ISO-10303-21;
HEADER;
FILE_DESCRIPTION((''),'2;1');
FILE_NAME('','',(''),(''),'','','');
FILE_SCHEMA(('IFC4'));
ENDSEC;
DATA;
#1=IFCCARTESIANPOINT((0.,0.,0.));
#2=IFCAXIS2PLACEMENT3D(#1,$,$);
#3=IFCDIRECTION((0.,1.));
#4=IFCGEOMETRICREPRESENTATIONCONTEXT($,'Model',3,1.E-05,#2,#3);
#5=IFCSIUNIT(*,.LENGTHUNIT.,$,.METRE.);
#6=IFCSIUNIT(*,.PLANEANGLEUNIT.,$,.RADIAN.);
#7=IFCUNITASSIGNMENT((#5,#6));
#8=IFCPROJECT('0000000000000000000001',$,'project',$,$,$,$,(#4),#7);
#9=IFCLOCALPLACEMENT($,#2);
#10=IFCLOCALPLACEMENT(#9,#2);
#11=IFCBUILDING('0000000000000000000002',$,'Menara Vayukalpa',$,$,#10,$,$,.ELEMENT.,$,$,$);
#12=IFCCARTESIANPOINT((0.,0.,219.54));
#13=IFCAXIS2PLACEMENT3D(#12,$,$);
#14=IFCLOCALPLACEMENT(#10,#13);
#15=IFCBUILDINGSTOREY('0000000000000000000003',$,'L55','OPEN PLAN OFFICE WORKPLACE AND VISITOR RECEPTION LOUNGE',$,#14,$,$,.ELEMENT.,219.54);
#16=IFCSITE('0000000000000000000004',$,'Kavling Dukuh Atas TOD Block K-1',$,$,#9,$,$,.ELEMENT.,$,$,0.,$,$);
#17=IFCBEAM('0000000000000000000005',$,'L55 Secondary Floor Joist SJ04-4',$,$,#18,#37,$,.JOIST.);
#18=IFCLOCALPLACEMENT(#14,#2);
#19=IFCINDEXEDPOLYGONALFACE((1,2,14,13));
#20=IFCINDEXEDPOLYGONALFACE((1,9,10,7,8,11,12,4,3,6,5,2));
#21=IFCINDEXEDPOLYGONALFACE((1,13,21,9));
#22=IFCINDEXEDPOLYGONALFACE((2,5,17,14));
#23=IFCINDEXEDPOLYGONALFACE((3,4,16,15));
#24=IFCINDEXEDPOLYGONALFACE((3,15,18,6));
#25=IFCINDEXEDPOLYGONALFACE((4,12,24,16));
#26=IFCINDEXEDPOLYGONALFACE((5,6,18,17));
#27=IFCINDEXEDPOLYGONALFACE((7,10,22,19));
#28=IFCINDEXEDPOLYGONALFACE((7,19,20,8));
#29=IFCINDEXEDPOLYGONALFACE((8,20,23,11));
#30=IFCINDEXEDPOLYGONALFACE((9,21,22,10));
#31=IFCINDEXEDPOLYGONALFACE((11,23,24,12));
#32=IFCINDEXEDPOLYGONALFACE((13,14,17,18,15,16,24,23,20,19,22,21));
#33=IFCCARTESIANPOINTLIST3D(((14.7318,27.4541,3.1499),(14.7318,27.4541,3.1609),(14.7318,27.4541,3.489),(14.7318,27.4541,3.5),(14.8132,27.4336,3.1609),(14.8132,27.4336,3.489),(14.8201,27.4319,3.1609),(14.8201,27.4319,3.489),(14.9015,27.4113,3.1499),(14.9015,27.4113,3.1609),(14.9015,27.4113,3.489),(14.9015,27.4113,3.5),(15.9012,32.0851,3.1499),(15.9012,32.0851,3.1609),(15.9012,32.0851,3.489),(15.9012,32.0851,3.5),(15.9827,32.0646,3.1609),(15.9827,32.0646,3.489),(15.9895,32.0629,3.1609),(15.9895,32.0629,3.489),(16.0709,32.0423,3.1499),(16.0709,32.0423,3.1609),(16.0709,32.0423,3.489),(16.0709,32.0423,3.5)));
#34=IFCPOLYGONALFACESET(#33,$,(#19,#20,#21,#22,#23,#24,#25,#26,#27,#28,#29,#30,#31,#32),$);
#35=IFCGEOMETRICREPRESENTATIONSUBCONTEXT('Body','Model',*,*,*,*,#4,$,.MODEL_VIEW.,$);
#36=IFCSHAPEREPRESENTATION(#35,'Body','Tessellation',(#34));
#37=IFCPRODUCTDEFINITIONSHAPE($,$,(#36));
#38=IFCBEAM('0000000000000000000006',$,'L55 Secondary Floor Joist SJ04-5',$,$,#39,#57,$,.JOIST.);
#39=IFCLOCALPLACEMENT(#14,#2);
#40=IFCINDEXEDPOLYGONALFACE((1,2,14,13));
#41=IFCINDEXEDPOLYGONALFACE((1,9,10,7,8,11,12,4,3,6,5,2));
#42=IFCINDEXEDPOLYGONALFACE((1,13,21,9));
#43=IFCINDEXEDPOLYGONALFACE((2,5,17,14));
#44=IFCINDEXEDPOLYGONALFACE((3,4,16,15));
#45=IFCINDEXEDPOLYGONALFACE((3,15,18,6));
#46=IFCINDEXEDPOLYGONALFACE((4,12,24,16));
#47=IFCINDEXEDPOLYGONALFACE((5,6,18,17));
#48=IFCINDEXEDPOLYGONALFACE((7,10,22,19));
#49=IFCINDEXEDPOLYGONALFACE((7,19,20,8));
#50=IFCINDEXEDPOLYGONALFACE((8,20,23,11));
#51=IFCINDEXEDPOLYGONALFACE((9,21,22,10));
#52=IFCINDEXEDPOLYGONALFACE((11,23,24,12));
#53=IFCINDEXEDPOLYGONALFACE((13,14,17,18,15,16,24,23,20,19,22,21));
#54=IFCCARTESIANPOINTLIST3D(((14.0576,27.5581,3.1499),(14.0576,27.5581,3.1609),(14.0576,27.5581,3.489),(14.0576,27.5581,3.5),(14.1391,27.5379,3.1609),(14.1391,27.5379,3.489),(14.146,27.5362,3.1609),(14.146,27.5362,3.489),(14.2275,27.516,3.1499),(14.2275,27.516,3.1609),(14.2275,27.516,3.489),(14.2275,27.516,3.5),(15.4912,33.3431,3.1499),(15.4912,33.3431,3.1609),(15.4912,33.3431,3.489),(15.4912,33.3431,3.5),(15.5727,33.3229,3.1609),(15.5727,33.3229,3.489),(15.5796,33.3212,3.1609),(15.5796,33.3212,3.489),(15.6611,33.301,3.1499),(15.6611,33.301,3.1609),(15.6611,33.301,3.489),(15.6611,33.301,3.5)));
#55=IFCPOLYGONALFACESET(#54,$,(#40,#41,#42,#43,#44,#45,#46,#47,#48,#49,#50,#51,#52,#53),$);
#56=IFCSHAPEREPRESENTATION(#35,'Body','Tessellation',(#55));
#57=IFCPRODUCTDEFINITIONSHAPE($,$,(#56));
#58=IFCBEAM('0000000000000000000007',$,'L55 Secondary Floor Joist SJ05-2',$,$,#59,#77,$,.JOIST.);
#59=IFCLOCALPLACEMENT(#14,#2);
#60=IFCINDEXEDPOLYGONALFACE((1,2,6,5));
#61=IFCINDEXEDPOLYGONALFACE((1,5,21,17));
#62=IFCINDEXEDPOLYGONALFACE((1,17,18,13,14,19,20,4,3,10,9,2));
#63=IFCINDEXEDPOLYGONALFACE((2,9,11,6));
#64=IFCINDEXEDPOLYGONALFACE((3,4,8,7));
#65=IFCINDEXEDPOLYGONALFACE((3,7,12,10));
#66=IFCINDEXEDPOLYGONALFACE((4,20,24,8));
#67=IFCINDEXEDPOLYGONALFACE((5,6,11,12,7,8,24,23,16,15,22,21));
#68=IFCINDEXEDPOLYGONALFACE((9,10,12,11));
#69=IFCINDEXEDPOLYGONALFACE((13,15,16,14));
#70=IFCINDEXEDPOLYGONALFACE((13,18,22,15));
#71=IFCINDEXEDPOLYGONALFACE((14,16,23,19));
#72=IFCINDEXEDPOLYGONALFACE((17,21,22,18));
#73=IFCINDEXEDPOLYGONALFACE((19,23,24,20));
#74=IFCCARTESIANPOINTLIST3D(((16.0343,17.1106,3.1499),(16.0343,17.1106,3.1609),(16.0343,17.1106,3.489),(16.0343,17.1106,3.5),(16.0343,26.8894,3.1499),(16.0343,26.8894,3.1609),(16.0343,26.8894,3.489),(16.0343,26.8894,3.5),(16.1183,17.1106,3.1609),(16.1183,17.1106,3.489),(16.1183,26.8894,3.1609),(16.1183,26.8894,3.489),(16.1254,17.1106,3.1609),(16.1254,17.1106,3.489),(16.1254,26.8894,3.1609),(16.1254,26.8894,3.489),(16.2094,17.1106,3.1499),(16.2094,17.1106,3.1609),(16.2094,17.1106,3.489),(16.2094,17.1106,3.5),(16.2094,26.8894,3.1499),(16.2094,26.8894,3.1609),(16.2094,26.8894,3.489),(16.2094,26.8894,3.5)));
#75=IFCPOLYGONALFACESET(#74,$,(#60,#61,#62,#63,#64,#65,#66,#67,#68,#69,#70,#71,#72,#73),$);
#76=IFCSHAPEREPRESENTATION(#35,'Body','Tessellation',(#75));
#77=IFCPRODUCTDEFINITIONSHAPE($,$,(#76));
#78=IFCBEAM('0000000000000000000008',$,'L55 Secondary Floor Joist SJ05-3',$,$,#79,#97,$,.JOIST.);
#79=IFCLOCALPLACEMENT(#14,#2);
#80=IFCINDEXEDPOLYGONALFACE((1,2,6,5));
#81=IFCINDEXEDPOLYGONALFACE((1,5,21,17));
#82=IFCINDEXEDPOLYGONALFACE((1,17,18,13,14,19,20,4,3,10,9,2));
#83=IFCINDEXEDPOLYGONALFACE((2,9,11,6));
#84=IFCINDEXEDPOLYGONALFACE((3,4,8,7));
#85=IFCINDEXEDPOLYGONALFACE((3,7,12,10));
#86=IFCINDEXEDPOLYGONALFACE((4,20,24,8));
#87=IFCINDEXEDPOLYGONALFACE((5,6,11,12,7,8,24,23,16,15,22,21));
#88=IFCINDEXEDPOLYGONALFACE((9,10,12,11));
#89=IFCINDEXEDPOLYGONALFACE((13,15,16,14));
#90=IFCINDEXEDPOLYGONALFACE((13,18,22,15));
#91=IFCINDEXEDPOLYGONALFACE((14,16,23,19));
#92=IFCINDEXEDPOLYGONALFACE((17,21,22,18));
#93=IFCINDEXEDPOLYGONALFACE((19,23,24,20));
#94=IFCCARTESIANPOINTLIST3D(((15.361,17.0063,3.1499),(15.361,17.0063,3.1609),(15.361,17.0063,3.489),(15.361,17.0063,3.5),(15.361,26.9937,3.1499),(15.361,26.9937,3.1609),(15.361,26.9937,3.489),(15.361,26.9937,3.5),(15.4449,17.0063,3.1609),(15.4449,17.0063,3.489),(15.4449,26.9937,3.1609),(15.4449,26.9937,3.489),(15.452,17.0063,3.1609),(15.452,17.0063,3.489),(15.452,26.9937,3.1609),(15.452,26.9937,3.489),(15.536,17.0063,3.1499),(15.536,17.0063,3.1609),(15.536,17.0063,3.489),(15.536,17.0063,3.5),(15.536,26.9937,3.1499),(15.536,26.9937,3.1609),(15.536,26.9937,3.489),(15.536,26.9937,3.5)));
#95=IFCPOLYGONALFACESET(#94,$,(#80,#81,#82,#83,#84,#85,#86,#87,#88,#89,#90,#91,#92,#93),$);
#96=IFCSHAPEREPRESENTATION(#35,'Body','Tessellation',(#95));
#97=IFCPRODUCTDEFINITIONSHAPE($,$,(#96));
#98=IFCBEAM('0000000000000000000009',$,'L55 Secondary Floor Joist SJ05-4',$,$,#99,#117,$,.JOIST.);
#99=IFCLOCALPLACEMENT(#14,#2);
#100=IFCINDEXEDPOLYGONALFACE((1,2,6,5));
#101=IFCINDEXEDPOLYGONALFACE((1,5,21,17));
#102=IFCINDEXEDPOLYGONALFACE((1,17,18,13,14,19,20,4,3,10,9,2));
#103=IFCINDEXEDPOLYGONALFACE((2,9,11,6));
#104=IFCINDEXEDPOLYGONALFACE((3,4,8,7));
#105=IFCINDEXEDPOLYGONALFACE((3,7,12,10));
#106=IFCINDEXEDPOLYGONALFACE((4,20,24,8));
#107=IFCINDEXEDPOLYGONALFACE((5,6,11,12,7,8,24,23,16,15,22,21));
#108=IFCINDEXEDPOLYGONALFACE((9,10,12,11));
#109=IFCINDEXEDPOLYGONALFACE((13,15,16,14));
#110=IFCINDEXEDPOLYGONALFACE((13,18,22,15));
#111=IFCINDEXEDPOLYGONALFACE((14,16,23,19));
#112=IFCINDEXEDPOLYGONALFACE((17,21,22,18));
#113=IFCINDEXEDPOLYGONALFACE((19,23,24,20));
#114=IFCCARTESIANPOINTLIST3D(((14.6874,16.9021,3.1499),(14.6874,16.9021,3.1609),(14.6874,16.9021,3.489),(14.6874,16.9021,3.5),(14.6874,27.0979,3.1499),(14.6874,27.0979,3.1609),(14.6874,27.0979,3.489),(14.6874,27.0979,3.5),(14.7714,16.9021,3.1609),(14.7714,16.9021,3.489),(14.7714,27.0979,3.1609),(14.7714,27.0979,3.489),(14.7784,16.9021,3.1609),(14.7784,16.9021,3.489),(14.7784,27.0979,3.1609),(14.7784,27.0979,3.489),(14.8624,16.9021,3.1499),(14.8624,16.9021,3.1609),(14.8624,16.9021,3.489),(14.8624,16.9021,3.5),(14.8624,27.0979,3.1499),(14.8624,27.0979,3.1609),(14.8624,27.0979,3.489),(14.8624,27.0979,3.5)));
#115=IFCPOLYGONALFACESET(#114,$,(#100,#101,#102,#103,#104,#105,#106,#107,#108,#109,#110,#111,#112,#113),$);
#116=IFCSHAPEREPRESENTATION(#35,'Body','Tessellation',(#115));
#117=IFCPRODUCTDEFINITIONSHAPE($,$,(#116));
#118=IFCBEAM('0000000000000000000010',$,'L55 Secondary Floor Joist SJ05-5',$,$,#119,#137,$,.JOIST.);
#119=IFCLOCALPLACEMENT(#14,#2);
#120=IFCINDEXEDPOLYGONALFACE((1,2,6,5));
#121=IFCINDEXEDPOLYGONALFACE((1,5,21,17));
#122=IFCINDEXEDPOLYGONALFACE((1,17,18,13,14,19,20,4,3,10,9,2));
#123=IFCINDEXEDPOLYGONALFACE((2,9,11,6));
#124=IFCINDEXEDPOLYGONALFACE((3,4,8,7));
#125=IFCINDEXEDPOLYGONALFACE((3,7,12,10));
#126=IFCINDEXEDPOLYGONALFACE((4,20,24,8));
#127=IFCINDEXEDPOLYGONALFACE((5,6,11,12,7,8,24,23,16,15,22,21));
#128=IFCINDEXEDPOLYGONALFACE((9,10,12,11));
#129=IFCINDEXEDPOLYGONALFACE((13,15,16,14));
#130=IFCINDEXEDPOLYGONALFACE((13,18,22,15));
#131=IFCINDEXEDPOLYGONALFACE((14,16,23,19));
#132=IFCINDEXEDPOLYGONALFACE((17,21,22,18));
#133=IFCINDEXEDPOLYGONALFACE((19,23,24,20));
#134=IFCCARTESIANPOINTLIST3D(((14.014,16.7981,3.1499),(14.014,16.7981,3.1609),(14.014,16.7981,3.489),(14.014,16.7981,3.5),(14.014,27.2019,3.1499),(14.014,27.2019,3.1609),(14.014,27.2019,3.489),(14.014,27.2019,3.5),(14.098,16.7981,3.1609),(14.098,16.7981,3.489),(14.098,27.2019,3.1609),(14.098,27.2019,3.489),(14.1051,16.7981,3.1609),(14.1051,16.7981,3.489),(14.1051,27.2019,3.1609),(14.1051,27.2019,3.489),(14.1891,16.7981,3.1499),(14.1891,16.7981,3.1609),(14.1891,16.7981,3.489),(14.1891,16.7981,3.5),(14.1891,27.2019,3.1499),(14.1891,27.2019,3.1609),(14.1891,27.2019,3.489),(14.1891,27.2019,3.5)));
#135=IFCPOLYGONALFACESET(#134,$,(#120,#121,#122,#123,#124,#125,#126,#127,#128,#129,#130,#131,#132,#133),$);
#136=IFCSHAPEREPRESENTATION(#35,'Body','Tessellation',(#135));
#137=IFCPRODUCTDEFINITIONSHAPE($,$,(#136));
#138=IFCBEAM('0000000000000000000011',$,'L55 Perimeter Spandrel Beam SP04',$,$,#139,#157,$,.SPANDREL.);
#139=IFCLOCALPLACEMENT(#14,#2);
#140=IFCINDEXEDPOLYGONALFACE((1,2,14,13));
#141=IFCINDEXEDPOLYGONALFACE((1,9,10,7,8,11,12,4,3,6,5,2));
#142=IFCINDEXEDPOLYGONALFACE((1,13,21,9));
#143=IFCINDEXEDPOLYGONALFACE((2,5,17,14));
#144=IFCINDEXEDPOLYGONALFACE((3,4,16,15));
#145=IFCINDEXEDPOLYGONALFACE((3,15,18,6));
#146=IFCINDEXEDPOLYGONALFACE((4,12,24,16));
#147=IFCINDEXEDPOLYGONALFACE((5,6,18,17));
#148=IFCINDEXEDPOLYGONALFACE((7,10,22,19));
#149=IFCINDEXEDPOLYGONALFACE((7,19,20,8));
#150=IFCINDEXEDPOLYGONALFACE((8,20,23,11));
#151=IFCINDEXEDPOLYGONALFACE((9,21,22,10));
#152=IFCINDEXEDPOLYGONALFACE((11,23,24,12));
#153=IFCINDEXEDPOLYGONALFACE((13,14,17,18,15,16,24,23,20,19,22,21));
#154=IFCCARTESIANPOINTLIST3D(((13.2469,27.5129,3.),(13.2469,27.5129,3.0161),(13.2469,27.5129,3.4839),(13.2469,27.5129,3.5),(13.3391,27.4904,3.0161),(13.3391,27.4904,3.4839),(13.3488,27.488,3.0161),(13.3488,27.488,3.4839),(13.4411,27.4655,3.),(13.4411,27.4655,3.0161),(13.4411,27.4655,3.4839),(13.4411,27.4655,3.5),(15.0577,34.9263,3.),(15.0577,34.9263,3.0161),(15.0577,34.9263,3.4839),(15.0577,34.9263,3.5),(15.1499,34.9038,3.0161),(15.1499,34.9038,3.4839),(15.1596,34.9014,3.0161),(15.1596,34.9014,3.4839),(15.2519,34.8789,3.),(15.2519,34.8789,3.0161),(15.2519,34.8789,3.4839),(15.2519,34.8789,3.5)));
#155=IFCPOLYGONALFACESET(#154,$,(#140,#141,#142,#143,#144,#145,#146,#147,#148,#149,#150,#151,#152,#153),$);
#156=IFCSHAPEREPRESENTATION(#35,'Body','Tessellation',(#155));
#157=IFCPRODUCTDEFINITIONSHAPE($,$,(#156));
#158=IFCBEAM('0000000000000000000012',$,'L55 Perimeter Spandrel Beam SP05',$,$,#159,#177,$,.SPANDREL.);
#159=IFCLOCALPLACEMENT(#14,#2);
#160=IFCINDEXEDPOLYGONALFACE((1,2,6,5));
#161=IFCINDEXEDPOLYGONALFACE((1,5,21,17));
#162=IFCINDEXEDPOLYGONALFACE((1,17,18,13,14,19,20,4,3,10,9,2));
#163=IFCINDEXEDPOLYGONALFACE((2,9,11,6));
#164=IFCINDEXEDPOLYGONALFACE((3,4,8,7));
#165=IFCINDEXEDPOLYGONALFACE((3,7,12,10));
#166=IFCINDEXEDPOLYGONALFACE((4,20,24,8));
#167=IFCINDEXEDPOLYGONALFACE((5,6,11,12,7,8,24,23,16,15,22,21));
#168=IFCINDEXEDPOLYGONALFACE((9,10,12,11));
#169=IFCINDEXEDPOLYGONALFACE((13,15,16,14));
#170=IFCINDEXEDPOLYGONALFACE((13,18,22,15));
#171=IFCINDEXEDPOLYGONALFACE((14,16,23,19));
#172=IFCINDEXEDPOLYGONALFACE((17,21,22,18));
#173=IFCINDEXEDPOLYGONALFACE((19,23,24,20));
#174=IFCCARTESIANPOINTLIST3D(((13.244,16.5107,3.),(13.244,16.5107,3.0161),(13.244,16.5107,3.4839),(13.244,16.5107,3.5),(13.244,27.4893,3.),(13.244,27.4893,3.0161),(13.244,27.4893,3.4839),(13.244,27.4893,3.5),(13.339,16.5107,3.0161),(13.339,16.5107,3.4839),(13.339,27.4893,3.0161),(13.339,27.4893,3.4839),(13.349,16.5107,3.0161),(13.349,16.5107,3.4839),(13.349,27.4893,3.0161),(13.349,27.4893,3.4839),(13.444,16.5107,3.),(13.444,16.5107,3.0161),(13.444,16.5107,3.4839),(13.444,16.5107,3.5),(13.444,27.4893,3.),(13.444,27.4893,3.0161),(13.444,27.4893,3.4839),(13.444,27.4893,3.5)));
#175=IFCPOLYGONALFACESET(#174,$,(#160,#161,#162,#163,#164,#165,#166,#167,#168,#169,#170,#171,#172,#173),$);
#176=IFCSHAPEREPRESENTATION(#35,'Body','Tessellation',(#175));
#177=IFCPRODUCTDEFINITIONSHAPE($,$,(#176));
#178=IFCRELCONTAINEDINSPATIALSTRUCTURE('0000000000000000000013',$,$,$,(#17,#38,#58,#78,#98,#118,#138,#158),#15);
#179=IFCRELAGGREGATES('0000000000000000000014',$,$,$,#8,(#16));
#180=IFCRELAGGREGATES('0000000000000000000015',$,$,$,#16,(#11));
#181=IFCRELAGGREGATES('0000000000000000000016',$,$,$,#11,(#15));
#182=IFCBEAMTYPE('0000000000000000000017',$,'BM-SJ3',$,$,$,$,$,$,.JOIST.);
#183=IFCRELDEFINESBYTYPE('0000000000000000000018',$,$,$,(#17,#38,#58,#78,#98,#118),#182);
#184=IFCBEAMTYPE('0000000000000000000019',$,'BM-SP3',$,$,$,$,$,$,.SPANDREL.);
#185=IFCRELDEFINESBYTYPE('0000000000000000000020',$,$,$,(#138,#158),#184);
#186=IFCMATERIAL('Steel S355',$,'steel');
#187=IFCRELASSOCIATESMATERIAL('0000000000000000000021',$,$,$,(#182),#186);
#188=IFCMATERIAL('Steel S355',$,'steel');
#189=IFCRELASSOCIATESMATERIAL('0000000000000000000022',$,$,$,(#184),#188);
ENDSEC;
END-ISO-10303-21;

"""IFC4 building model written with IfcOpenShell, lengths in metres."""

from ifc_helpers import new_model, si_unit, direction, frame, origin, origin_2d, place, context, subcontext, project, spatial, i_section, extrude, material, material_profile, profile_set, type_object, element, save


model = new_model("IFC4")

# Units and contexts
model_context = context("Model", 3, precision=1e-05, world=origin(), true_north=direction((0.0, 1.0)))
body_context = subcontext(model_context, "Body", "Model", "MODEL_VIEW")
ifc_project = project(units=[si_unit("LENGTHUNIT", "METRE"), si_unit("PLANEANGLEUNIT", "RADIAN")], contexts=[model_context])

# Site, building, storey
site_placement = place(None, origin())
site = spatial("IfcSite", under=ifc_project, at=site_placement, Name="Kavling Dukuh Atas TOD Block K-1", CompositionType="ELEMENT", RefElevation=0.0)
building_placement = place(site_placement, origin())
building = spatial("IfcBuilding", under=site, at=building_placement, Name="Menara Vayukalpa", CompositionType="ELEMENT")
storey_placement = place(building_placement, frame((0.0, 0.0, 219.54)))
storey = spatial("IfcBuildingStorey", under=building, at=storey_placement, Name="L55", Description="OPEN PLAN OFFICE WORKPLACE AND VISITOR RECEPTION LOUNGE", CompositionType="ELEMENT", Elevation=219.54)

# Beams
ifc_material_1 = material(Name="Steel S355", Category="steel")
ifc_material_profile_1 = material_profile(ifc_material_1, i_section(OverallWidth=0.175, OverallDepth=0.3501, WebThickness=0.0071, FlangeThickness=0.011, at=origin_2d()), Name="WF 350x175x7x11")
ifc_profile_set_1 = profile_set([ifc_material_profile_1], Name="Steel S355")
beam_type_1 = type_object("IfcBeamType", Name="BM-SJ3", PredefinedType="JOIST", material=ifc_profile_set_1)
beam_1_placement = place(storey_placement, frame((15.9861, 32.0637, 3.325), z_axis=(-0.244832, -0.969566, 0.0), x_axis=(0.969566, -0.244832, 0.0)))
element("IfcBeam", 1, at=beam_1_placement, inside=storey, type_object=beam_type_1, Name="L55 Secondary Floor Joist SJ04-4", PredefinedType="JOIST", context=body_context, shape_type="SweptSolid", body=[
    extrude(i_section(OverallWidth=0.175, OverallDepth=0.3501, WebThickness=0.0071, FlangeThickness=0.011, at=origin_2d()), origin(), (0.0, 0.0, 1.0), 4.7764),
])
beam_2_placement = place(storey_placement, frame((15.5762, 33.322, 3.325), z_axis=(-0.24054, -0.970639, 0.0), x_axis=(0.970639, -0.24054, 0.0)))
element("IfcBeam", 2, at=beam_2_placement, inside=storey, type_object=beam_type_1, Name="L55 Secondary Floor Joist SJ04-5", PredefinedType="JOIST", context=body_context, shape_type="SweptSolid", body=[
    extrude(i_section(OverallWidth=0.175, OverallDepth=0.3501, WebThickness=0.0071, FlangeThickness=0.011, at=origin_2d()), origin(), (0.0, 0.0, 1.0), 5.96),
])
beam_3_placement = place(storey_placement, frame((16.1218, 26.8894, 3.325), z_axis=(0.0, -1.0, 0.0), x_axis=(1.0, 0.0, 0.0)))
element("IfcBeam", 3, at=beam_3_placement, inside=storey, type_object=beam_type_1, Name="L55 Secondary Floor Joist SJ05-2", PredefinedType="JOIST", context=body_context, shape_type="SweptSolid", body=[
    extrude(i_section(OverallWidth=0.175, OverallDepth=0.3501, WebThickness=0.0071, FlangeThickness=0.011, at=origin_2d()), origin(), (0.0, 0.0, 1.0), 9.7788),
])
beam_4_placement = place(storey_placement, frame((15.4485, 26.9937, 3.325), z_axis=(0.0, -1.0, 0.0), x_axis=(1.0, 0.0, 0.0)))
element("IfcBeam", 4, at=beam_4_placement, inside=storey, type_object=beam_type_1, Name="L55 Secondary Floor Joist SJ05-3", PredefinedType="JOIST", context=body_context, shape_type="SweptSolid", body=[
    extrude(i_section(OverallWidth=0.175, OverallDepth=0.3501, WebThickness=0.0071, FlangeThickness=0.011, at=origin_2d()), origin(), (0.0, 0.0, 1.0), 9.9873),
])
beam_5_placement = place(storey_placement, frame((14.7749, 27.0979, 3.325), z_axis=(0.0, -1.0, 0.0), x_axis=(1.0, 0.0, 0.0)))
element("IfcBeam", 5, at=beam_5_placement, inside=storey, type_object=beam_type_1, Name="L55 Secondary Floor Joist SJ05-4", PredefinedType="JOIST", context=body_context, shape_type="SweptSolid", body=[
    extrude(i_section(OverallWidth=0.175, OverallDepth=0.3501, WebThickness=0.0071, FlangeThickness=0.011, at=origin_2d()), origin(), (0.0, 0.0, 1.0), 10.1958),
])
beam_6_placement = place(storey_placement, frame((14.1016, 27.2019, 3.325), z_axis=(0.0, -1.0, 0.0), x_axis=(1.0, 0.0, 0.0)))
element("IfcBeam", 6, at=beam_6_placement, inside=storey, type_object=beam_type_1, Name="L55 Secondary Floor Joist SJ05-5", PredefinedType="JOIST", context=body_context, shape_type="SweptSolid", body=[
    extrude(i_section(OverallWidth=0.175, OverallDepth=0.3501, WebThickness=0.0071, FlangeThickness=0.011, at=origin_2d()), origin(), (0.0, 0.0, 1.0), 10.4038),
])
ifc_material_2 = material(Name="Steel S355", Category="steel")
ifc_material_profile_2 = material_profile(ifc_material_2, i_section(OverallWidth=0.2, OverallDepth=0.5, WebThickness=0.01, FlangeThickness=0.0161, at=origin_2d()), Name="WF 500x200x10x16")
ifc_profile_set_2 = profile_set([ifc_material_profile_2], Name="Steel S355")
beam_type_2 = type_object("IfcBeamType", Name="BM-SP3", PredefinedType="SPANDREL", material=ifc_profile_set_2)
beam_7_placement = place(storey_placement, frame((15.1548, 34.9026, 3.25), z_axis=(-0.237285, -0.97144, 0.0), x_axis=(0.97144, -0.237285, 0.0)))
element("IfcBeam", 7, at=beam_7_placement, inside=storey, type_object=beam_type_2, Name="L55 Perimeter Spandrel Beam SP04", PredefinedType="SPANDREL", context=body_context, shape_type="SweptSolid", body=[
    extrude(i_section(OverallWidth=0.2, OverallDepth=0.5, WebThickness=0.01, FlangeThickness=0.0161, at=origin_2d()), origin(), (0.0, 0.0, 1.0), 7.6313),
])
beam_8_placement = place(storey_placement, frame((13.344, 27.4893, 3.25), z_axis=(0.0, -1.0, 0.0), x_axis=(1.0, 0.0, 0.0)))
element("IfcBeam", 8, at=beam_8_placement, inside=storey, type_object=beam_type_2, Name="L55 Perimeter Spandrel Beam SP05", PredefinedType="SPANDREL", context=body_context, shape_type="SweptSolid", body=[
    extrude(i_section(OverallWidth=0.2, OverallDepth=0.5, WebThickness=0.01, FlangeThickness=0.0161, at=origin_2d()), origin(), (0.0, 0.0, 1.0), 10.9785),
])

save(model, "model.ifc")
